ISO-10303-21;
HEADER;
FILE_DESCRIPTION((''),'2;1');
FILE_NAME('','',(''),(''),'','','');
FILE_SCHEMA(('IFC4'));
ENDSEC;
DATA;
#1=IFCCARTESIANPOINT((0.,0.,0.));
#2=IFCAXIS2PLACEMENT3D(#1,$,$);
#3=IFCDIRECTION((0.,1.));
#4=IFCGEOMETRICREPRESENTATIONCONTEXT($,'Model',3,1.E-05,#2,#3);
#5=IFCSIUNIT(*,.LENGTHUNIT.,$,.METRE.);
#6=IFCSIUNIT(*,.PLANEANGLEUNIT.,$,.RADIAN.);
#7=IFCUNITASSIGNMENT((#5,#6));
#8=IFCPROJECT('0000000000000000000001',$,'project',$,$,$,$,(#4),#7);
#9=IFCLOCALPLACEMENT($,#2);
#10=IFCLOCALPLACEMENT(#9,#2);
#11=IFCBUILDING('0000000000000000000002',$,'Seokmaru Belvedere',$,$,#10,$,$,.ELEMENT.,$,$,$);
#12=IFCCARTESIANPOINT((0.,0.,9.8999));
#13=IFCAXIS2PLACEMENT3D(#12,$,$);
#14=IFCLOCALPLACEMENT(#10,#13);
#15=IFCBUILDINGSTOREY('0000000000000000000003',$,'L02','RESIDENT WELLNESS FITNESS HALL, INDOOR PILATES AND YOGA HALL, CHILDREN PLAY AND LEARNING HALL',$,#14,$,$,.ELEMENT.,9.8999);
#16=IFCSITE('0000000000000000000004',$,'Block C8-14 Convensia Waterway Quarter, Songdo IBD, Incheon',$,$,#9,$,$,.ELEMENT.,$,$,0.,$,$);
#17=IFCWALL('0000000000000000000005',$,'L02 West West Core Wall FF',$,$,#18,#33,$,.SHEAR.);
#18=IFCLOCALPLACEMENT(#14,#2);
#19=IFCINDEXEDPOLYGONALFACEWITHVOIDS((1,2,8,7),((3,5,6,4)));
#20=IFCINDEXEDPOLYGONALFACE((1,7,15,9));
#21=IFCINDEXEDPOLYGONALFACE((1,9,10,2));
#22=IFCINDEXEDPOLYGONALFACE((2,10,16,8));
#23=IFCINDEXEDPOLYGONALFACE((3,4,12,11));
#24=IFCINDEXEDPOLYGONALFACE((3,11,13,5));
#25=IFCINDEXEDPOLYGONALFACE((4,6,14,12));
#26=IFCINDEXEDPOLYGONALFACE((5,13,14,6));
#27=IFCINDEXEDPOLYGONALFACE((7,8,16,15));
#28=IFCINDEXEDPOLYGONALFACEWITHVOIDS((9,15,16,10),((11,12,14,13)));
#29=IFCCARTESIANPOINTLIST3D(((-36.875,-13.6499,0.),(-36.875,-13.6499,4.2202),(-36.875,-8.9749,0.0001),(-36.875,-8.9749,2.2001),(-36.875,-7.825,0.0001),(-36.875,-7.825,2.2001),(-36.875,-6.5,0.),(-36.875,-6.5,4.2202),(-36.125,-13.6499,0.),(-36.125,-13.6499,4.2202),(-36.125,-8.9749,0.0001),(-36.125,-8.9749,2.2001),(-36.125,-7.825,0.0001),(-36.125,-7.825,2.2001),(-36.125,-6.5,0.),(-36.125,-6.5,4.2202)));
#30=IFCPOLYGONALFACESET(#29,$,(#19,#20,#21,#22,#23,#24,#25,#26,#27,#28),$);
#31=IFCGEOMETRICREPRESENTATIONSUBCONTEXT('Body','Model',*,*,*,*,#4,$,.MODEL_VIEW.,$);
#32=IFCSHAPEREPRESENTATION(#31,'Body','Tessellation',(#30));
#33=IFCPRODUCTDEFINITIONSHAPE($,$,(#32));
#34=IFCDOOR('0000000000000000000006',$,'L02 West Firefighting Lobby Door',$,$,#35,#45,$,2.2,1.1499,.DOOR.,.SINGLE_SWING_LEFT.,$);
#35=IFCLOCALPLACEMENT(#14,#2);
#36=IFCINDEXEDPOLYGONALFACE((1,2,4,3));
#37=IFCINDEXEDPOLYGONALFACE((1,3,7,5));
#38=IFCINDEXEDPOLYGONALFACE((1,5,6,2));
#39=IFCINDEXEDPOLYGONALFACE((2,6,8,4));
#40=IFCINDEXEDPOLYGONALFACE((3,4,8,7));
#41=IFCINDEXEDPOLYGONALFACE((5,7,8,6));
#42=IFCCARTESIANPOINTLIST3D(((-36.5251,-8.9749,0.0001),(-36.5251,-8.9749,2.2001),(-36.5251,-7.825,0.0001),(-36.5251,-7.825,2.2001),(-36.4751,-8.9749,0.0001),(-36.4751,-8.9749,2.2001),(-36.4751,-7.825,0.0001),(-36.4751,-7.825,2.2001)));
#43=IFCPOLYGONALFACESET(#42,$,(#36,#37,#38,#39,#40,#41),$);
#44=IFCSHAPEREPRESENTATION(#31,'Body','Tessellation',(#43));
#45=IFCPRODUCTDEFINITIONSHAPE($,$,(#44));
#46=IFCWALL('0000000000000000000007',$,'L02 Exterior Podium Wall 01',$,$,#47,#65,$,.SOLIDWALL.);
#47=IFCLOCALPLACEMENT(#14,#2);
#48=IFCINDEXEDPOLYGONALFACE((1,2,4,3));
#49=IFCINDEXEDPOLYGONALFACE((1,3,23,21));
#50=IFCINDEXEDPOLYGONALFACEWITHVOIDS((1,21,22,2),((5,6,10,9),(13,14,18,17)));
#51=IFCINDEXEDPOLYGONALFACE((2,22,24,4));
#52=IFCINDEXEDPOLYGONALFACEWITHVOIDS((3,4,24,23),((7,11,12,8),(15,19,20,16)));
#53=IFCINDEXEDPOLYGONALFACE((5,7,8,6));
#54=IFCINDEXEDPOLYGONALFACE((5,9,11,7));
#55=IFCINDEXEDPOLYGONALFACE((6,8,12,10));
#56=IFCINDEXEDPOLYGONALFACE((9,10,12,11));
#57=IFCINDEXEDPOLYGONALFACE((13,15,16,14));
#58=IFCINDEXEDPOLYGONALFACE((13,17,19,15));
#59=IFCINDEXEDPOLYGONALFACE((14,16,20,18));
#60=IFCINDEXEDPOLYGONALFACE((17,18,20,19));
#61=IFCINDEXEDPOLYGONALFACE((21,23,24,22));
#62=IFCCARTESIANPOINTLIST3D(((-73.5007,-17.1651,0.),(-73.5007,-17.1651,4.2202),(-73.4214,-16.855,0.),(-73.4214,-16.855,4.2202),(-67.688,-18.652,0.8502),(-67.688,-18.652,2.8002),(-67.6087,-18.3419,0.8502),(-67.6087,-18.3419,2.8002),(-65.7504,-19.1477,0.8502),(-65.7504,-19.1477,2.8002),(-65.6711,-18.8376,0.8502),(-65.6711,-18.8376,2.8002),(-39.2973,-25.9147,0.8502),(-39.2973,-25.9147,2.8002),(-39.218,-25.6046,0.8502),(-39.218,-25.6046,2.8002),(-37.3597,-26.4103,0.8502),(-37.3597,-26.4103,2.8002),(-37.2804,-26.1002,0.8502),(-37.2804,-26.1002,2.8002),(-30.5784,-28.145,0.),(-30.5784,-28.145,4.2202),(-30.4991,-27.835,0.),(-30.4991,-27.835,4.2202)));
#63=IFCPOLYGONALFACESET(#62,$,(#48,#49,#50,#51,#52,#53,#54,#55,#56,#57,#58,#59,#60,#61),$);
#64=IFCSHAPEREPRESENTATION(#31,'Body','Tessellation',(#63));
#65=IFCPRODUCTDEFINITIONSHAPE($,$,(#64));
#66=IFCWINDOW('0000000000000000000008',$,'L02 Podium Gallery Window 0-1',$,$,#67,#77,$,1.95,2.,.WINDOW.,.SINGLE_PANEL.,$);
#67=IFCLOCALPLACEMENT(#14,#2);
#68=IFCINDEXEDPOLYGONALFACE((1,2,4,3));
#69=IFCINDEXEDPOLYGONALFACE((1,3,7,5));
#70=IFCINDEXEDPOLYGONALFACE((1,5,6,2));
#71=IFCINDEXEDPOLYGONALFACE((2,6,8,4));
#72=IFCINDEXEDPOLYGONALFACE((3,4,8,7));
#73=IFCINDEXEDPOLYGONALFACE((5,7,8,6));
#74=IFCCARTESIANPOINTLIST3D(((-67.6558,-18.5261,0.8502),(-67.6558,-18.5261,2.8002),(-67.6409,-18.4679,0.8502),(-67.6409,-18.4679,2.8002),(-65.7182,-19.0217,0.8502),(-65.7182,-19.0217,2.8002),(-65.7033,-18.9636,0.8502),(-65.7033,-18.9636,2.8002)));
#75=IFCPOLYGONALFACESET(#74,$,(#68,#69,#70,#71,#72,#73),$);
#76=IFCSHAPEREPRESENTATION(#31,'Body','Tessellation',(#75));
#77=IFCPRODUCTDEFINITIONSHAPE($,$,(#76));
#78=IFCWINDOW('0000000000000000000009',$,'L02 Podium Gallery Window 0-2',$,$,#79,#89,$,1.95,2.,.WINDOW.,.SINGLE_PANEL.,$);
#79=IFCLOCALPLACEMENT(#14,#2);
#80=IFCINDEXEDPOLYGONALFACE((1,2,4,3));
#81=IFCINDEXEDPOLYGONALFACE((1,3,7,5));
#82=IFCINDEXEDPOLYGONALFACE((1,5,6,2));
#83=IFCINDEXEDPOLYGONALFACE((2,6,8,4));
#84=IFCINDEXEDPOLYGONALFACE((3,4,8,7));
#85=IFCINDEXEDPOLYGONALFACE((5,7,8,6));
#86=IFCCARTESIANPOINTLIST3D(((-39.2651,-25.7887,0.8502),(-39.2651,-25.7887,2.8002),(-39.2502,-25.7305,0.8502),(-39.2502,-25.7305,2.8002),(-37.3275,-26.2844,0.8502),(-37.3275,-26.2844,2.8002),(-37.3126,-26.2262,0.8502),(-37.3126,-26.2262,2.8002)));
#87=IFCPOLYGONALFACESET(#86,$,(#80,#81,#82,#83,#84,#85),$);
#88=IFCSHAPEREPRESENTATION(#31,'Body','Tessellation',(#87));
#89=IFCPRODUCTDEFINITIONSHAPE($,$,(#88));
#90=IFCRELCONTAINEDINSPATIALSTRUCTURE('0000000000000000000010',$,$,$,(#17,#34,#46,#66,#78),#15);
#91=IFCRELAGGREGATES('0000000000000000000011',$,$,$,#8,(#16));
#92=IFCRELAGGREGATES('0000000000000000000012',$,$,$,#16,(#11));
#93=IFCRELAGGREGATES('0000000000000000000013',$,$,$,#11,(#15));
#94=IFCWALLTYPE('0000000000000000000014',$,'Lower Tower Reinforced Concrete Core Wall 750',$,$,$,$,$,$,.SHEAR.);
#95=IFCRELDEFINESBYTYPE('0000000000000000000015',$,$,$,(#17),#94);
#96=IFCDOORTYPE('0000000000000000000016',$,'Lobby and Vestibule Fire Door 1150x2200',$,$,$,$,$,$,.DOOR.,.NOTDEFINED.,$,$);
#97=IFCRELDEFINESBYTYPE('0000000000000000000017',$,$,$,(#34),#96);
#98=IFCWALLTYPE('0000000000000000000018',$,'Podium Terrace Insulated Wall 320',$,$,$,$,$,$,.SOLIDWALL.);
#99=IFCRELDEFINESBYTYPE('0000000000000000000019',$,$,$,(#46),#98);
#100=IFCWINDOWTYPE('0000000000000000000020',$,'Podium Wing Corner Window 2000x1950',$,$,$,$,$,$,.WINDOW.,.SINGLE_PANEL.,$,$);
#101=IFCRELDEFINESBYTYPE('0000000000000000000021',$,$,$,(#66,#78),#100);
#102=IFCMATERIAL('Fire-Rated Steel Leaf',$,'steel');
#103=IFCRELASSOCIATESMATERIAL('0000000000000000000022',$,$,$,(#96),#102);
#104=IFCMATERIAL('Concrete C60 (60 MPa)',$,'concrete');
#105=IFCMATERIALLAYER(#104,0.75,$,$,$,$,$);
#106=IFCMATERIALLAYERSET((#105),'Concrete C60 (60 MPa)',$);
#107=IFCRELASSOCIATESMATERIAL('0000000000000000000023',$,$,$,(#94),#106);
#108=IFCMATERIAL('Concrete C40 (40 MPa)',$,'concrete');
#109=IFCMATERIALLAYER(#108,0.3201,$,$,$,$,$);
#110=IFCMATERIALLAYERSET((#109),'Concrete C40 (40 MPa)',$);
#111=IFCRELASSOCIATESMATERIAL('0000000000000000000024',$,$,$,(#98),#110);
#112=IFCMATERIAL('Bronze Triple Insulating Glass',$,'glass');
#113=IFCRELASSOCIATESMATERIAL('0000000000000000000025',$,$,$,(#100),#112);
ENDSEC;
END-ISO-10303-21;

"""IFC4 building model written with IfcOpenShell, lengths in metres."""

from ifc_helpers import new_model, si_unit, direction, frame, frame_2d, origin, place, context, subcontext, project, spatial, rectangle, extrude, source, transform, mapped, material, layer, layer_set, type_object, type_shapes, element, fill, save


model = new_model("IFC4")

# Units and contexts
model_context = context("Model", 3, precision=1e-05, world=origin(), true_north=direction((0.0, 1.0)))
body_context = subcontext(model_context, "Body", "Model", "MODEL_VIEW")
ifc_project = project(units=[si_unit("LENGTHUNIT", "METRE"), si_unit("PLANEANGLEUNIT", "RADIAN")], contexts=[model_context])

# Site, building, storey
site_placement = place(None, origin())
site = spatial("IfcSite", under=ifc_project, at=site_placement, Name="Block C8-14 Convensia Waterway Quarter, Songdo IBD, Incheon", CompositionType="ELEMENT", RefElevation=0.0)
building_placement = place(site_placement, origin())
building = spatial("IfcBuilding", under=site, at=building_placement, Name="Seokmaru Belvedere", CompositionType="ELEMENT")
storey_placement = place(building_placement, frame((0.0, 0.0, 9.8999)))
storey = spatial("IfcBuildingStorey", under=building, at=storey_placement, Name="L02", Description="RESIDENT WELLNESS FITNESS HALL, INDOOR PILATES AND YOGA HALL, CHILDREN PLAY AND LEARNING HALL", CompositionType="ELEMENT", Elevation=9.8999)

# Wall, opening, door
ifc_material_1 = material(Name="Fire-Rated Steel Leaf", Category="steel")
door_type = type_object("IfcDoorType", Name="Lobby and Vestibule Fire Door 1150x2200", OperationType="NOTDEFINED", PredefinedType="DOOR", material=ifc_material_1)
shared_shape_1 = source(origin(), body_context, "Body", "SweptSolid", [
    extrude(rectangle(XDim=1.1499, YDim=2.2, at=frame_2d((0.575, 1.1001))), frame((0.0, 0.0249, 0.0), z_axis=(0.0, -1.0, 0.0), x_axis=(1.0, 0.0, 0.0)), (0.0, 0.0, 1.0), 0.05),
])
type_shapes(door_type, [shared_shape_1])
ifc_material_2 = material(Name="Concrete C60 (60 MPa)", Category="concrete")
ifc_layer_1 = layer(ifc_material_2, 0.75)
ifc_layer_set_1 = layer_set([ifc_layer_1], Name="Concrete C60 (60 MPa)")
wall_type_1 = type_object("IfcWallType", Name="Lower Tower Reinforced Concrete Core Wall 750", PredefinedType="SHEAR", material=ifc_layer_set_1)
wall_1_placement = place(storey_placement, frame((-36.5, -13.6499, 0.0), z_axis=(0.0, 0.0, 1.0), x_axis=(0.0, 1.0, 0.0)))
wall_1 = element("IfcWall", 1, at=wall_1_placement, inside=storey, type_object=wall_type_1, Name="L02 West West Core Wall FF", PredefinedType="SHEAR", context=body_context, shape_type="SweptSolid", body=[
    extrude(rectangle(XDim=7.1499, YDim=0.75, at=frame_2d((3.575, 0.0))), origin(), (0.0, 0.0, 1.0), 4.2202),
])
opening_1_placement = place(wall_1_placement, frame((4.675, 0.0, 0.0)))
opening_1 = element("IfcOpeningElement", 2, at=opening_1_placement, cuts=wall_1, PredefinedType="OPENING", context=body_context, shape_type="SweptSolid", body=[
    extrude(rectangle(XDim=1.1499, YDim=2.2, at=frame_2d((0.575, 1.1001))), frame((0.0, 0.385, 0.0), z_axis=(0.0, -1.0, 0.0), x_axis=(1.0, 0.0, 0.0)), (0.0, 0.0, 1.0), 0.77),
])
door_1_placement = place(opening_1_placement, frame((1.1499, 0.0, 0.0), z_axis=(0.0, 0.0, 1.0), x_axis=(-1.0, 0.0, 0.0)))
door_1 = element("IfcDoor", 3, at=door_1_placement, inside=storey, type_object=door_type, Name="L02 West Firefighting Lobby Door", OperationType="SINGLE_SWING_LEFT", OverallHeight=2.2, OverallWidth=1.1499, PredefinedType="DOOR", context=body_context, shape_type="MappedRepresentation", body=[
    mapped(shared_shape_1, transform((0.0, 0.0, 0.0), scale=1.0)),
])
fill(opening_1, door_1)

# Wall, openings, windows
ifc_material_3 = material(Name="Concrete C40 (40 MPa)", Category="concrete")
ifc_layer_2 = layer(ifc_material_3, 0.3201)
ifc_layer_set_2 = layer_set([ifc_layer_2], Name="Concrete C40 (40 MPa)")
wall_type_2 = type_object("IfcWallType", Name="Podium Terrace Insulated Wall 320", PredefinedType="SOLIDWALL", material=ifc_layer_set_2)
wall_2_placement = place(storey_placement, frame((-73.4612, -17.01, 0.0), z_axis=(0.0, 0.0, 1.0), x_axis=(0.968804, -0.24783, 0.0)))
wall_2 = element("IfcWall", 4, at=wall_2_placement, inside=storey, type_object=wall_type_2, Name="L02 Exterior Podium Wall 01", PredefinedType="SOLIDWALL", context=body_context, shape_type="SweptSolid", body=[
    extrude(rectangle(XDim=44.3044, YDim=0.3201, at=frame_2d((22.1523, 0.0))), origin(), (0.0, 0.0, 1.0), 4.2202),
])
opening_2_placement = place(wall_2_placement, frame((6.0, 0.0, 0.8501)))
opening_2 = element("IfcOpeningElement", 5, at=opening_2_placement, cuts=wall_2, PredefinedType="OPENING", context=body_context, shape_type="SweptSolid", body=[
    extrude(rectangle(XDim=2.0, YDim=1.95, at=frame_2d((1.0, 0.9751))), frame((0.0, 0.1699, 0.0), z_axis=(0.0, -1.0, 0.0), x_axis=(1.0, 0.0, 0.0)), (0.0, 0.0, 1.0), 0.3401),
])
opening_3_placement = place(wall_2_placement, frame((35.3049, 0.0, 0.8501)))
opening_3 = element("IfcOpeningElement", 6, at=opening_3_placement, cuts=wall_2, PredefinedType="OPENING", context=body_context, shape_type="SweptSolid", body=[
    extrude(rectangle(XDim=2.0, YDim=1.95, at=frame_2d((1.0, 0.9751))), frame((0.0, 0.1699, 0.0), z_axis=(0.0, -1.0, 0.0), x_axis=(1.0, 0.0, 0.0)), (0.0, 0.0, 1.0), 0.3401),
])
ifc_material_4 = material(Name="Bronze Triple Insulating Glass", Category="glass")
window_type = type_object("IfcWindowType", Name="Podium Wing Corner Window 2000x1950", PartitioningType="SINGLE_PANEL", PredefinedType="WINDOW", material=ifc_material_4)
shared_shape_2 = source(origin(), body_context, "Body", "SweptSolid", [
    extrude(rectangle(XDim=2.0, YDim=1.95, at=frame_2d((1.0, 0.9751))), frame((0.0, 0.03, 0.0), z_axis=(0.0, -1.0, 0.0), x_axis=(1.0, 0.0, 0.0)), (0.0, 0.0, 1.0), 0.0601),
])
type_shapes(window_type, [shared_shape_2])
window_1_placement = place(opening_2_placement, origin())
window_1 = element("IfcWindow", 7, at=window_1_placement, inside=storey, type_object=window_type, Name="L02 Podium Gallery Window 0-1", OverallHeight=1.95, OverallWidth=2.0, PartitioningType="SINGLE_PANEL", PredefinedType="WINDOW", context=body_context, shape_type="MappedRepresentation", body=[
    mapped(shared_shape_2, transform((0.0, 0.0, 0.0), scale=1.0)),
])
fill(opening_2, window_1)
window_2_placement = place(opening_3_placement, origin())
window_2 = element("IfcWindow", 8, at=window_2_placement, inside=storey, type_object=window_type, Name="L02 Podium Gallery Window 0-2", OverallHeight=1.95, OverallWidth=2.0, PartitioningType="SINGLE_PANEL", PredefinedType="WINDOW", context=body_context, shape_type="MappedRepresentation", body=[
    mapped(shared_shape_2, transform((0.0, 0.0, 0.0), scale=1.0)),
])
fill(opening_3, window_2)

save(model, "model.ifc")
